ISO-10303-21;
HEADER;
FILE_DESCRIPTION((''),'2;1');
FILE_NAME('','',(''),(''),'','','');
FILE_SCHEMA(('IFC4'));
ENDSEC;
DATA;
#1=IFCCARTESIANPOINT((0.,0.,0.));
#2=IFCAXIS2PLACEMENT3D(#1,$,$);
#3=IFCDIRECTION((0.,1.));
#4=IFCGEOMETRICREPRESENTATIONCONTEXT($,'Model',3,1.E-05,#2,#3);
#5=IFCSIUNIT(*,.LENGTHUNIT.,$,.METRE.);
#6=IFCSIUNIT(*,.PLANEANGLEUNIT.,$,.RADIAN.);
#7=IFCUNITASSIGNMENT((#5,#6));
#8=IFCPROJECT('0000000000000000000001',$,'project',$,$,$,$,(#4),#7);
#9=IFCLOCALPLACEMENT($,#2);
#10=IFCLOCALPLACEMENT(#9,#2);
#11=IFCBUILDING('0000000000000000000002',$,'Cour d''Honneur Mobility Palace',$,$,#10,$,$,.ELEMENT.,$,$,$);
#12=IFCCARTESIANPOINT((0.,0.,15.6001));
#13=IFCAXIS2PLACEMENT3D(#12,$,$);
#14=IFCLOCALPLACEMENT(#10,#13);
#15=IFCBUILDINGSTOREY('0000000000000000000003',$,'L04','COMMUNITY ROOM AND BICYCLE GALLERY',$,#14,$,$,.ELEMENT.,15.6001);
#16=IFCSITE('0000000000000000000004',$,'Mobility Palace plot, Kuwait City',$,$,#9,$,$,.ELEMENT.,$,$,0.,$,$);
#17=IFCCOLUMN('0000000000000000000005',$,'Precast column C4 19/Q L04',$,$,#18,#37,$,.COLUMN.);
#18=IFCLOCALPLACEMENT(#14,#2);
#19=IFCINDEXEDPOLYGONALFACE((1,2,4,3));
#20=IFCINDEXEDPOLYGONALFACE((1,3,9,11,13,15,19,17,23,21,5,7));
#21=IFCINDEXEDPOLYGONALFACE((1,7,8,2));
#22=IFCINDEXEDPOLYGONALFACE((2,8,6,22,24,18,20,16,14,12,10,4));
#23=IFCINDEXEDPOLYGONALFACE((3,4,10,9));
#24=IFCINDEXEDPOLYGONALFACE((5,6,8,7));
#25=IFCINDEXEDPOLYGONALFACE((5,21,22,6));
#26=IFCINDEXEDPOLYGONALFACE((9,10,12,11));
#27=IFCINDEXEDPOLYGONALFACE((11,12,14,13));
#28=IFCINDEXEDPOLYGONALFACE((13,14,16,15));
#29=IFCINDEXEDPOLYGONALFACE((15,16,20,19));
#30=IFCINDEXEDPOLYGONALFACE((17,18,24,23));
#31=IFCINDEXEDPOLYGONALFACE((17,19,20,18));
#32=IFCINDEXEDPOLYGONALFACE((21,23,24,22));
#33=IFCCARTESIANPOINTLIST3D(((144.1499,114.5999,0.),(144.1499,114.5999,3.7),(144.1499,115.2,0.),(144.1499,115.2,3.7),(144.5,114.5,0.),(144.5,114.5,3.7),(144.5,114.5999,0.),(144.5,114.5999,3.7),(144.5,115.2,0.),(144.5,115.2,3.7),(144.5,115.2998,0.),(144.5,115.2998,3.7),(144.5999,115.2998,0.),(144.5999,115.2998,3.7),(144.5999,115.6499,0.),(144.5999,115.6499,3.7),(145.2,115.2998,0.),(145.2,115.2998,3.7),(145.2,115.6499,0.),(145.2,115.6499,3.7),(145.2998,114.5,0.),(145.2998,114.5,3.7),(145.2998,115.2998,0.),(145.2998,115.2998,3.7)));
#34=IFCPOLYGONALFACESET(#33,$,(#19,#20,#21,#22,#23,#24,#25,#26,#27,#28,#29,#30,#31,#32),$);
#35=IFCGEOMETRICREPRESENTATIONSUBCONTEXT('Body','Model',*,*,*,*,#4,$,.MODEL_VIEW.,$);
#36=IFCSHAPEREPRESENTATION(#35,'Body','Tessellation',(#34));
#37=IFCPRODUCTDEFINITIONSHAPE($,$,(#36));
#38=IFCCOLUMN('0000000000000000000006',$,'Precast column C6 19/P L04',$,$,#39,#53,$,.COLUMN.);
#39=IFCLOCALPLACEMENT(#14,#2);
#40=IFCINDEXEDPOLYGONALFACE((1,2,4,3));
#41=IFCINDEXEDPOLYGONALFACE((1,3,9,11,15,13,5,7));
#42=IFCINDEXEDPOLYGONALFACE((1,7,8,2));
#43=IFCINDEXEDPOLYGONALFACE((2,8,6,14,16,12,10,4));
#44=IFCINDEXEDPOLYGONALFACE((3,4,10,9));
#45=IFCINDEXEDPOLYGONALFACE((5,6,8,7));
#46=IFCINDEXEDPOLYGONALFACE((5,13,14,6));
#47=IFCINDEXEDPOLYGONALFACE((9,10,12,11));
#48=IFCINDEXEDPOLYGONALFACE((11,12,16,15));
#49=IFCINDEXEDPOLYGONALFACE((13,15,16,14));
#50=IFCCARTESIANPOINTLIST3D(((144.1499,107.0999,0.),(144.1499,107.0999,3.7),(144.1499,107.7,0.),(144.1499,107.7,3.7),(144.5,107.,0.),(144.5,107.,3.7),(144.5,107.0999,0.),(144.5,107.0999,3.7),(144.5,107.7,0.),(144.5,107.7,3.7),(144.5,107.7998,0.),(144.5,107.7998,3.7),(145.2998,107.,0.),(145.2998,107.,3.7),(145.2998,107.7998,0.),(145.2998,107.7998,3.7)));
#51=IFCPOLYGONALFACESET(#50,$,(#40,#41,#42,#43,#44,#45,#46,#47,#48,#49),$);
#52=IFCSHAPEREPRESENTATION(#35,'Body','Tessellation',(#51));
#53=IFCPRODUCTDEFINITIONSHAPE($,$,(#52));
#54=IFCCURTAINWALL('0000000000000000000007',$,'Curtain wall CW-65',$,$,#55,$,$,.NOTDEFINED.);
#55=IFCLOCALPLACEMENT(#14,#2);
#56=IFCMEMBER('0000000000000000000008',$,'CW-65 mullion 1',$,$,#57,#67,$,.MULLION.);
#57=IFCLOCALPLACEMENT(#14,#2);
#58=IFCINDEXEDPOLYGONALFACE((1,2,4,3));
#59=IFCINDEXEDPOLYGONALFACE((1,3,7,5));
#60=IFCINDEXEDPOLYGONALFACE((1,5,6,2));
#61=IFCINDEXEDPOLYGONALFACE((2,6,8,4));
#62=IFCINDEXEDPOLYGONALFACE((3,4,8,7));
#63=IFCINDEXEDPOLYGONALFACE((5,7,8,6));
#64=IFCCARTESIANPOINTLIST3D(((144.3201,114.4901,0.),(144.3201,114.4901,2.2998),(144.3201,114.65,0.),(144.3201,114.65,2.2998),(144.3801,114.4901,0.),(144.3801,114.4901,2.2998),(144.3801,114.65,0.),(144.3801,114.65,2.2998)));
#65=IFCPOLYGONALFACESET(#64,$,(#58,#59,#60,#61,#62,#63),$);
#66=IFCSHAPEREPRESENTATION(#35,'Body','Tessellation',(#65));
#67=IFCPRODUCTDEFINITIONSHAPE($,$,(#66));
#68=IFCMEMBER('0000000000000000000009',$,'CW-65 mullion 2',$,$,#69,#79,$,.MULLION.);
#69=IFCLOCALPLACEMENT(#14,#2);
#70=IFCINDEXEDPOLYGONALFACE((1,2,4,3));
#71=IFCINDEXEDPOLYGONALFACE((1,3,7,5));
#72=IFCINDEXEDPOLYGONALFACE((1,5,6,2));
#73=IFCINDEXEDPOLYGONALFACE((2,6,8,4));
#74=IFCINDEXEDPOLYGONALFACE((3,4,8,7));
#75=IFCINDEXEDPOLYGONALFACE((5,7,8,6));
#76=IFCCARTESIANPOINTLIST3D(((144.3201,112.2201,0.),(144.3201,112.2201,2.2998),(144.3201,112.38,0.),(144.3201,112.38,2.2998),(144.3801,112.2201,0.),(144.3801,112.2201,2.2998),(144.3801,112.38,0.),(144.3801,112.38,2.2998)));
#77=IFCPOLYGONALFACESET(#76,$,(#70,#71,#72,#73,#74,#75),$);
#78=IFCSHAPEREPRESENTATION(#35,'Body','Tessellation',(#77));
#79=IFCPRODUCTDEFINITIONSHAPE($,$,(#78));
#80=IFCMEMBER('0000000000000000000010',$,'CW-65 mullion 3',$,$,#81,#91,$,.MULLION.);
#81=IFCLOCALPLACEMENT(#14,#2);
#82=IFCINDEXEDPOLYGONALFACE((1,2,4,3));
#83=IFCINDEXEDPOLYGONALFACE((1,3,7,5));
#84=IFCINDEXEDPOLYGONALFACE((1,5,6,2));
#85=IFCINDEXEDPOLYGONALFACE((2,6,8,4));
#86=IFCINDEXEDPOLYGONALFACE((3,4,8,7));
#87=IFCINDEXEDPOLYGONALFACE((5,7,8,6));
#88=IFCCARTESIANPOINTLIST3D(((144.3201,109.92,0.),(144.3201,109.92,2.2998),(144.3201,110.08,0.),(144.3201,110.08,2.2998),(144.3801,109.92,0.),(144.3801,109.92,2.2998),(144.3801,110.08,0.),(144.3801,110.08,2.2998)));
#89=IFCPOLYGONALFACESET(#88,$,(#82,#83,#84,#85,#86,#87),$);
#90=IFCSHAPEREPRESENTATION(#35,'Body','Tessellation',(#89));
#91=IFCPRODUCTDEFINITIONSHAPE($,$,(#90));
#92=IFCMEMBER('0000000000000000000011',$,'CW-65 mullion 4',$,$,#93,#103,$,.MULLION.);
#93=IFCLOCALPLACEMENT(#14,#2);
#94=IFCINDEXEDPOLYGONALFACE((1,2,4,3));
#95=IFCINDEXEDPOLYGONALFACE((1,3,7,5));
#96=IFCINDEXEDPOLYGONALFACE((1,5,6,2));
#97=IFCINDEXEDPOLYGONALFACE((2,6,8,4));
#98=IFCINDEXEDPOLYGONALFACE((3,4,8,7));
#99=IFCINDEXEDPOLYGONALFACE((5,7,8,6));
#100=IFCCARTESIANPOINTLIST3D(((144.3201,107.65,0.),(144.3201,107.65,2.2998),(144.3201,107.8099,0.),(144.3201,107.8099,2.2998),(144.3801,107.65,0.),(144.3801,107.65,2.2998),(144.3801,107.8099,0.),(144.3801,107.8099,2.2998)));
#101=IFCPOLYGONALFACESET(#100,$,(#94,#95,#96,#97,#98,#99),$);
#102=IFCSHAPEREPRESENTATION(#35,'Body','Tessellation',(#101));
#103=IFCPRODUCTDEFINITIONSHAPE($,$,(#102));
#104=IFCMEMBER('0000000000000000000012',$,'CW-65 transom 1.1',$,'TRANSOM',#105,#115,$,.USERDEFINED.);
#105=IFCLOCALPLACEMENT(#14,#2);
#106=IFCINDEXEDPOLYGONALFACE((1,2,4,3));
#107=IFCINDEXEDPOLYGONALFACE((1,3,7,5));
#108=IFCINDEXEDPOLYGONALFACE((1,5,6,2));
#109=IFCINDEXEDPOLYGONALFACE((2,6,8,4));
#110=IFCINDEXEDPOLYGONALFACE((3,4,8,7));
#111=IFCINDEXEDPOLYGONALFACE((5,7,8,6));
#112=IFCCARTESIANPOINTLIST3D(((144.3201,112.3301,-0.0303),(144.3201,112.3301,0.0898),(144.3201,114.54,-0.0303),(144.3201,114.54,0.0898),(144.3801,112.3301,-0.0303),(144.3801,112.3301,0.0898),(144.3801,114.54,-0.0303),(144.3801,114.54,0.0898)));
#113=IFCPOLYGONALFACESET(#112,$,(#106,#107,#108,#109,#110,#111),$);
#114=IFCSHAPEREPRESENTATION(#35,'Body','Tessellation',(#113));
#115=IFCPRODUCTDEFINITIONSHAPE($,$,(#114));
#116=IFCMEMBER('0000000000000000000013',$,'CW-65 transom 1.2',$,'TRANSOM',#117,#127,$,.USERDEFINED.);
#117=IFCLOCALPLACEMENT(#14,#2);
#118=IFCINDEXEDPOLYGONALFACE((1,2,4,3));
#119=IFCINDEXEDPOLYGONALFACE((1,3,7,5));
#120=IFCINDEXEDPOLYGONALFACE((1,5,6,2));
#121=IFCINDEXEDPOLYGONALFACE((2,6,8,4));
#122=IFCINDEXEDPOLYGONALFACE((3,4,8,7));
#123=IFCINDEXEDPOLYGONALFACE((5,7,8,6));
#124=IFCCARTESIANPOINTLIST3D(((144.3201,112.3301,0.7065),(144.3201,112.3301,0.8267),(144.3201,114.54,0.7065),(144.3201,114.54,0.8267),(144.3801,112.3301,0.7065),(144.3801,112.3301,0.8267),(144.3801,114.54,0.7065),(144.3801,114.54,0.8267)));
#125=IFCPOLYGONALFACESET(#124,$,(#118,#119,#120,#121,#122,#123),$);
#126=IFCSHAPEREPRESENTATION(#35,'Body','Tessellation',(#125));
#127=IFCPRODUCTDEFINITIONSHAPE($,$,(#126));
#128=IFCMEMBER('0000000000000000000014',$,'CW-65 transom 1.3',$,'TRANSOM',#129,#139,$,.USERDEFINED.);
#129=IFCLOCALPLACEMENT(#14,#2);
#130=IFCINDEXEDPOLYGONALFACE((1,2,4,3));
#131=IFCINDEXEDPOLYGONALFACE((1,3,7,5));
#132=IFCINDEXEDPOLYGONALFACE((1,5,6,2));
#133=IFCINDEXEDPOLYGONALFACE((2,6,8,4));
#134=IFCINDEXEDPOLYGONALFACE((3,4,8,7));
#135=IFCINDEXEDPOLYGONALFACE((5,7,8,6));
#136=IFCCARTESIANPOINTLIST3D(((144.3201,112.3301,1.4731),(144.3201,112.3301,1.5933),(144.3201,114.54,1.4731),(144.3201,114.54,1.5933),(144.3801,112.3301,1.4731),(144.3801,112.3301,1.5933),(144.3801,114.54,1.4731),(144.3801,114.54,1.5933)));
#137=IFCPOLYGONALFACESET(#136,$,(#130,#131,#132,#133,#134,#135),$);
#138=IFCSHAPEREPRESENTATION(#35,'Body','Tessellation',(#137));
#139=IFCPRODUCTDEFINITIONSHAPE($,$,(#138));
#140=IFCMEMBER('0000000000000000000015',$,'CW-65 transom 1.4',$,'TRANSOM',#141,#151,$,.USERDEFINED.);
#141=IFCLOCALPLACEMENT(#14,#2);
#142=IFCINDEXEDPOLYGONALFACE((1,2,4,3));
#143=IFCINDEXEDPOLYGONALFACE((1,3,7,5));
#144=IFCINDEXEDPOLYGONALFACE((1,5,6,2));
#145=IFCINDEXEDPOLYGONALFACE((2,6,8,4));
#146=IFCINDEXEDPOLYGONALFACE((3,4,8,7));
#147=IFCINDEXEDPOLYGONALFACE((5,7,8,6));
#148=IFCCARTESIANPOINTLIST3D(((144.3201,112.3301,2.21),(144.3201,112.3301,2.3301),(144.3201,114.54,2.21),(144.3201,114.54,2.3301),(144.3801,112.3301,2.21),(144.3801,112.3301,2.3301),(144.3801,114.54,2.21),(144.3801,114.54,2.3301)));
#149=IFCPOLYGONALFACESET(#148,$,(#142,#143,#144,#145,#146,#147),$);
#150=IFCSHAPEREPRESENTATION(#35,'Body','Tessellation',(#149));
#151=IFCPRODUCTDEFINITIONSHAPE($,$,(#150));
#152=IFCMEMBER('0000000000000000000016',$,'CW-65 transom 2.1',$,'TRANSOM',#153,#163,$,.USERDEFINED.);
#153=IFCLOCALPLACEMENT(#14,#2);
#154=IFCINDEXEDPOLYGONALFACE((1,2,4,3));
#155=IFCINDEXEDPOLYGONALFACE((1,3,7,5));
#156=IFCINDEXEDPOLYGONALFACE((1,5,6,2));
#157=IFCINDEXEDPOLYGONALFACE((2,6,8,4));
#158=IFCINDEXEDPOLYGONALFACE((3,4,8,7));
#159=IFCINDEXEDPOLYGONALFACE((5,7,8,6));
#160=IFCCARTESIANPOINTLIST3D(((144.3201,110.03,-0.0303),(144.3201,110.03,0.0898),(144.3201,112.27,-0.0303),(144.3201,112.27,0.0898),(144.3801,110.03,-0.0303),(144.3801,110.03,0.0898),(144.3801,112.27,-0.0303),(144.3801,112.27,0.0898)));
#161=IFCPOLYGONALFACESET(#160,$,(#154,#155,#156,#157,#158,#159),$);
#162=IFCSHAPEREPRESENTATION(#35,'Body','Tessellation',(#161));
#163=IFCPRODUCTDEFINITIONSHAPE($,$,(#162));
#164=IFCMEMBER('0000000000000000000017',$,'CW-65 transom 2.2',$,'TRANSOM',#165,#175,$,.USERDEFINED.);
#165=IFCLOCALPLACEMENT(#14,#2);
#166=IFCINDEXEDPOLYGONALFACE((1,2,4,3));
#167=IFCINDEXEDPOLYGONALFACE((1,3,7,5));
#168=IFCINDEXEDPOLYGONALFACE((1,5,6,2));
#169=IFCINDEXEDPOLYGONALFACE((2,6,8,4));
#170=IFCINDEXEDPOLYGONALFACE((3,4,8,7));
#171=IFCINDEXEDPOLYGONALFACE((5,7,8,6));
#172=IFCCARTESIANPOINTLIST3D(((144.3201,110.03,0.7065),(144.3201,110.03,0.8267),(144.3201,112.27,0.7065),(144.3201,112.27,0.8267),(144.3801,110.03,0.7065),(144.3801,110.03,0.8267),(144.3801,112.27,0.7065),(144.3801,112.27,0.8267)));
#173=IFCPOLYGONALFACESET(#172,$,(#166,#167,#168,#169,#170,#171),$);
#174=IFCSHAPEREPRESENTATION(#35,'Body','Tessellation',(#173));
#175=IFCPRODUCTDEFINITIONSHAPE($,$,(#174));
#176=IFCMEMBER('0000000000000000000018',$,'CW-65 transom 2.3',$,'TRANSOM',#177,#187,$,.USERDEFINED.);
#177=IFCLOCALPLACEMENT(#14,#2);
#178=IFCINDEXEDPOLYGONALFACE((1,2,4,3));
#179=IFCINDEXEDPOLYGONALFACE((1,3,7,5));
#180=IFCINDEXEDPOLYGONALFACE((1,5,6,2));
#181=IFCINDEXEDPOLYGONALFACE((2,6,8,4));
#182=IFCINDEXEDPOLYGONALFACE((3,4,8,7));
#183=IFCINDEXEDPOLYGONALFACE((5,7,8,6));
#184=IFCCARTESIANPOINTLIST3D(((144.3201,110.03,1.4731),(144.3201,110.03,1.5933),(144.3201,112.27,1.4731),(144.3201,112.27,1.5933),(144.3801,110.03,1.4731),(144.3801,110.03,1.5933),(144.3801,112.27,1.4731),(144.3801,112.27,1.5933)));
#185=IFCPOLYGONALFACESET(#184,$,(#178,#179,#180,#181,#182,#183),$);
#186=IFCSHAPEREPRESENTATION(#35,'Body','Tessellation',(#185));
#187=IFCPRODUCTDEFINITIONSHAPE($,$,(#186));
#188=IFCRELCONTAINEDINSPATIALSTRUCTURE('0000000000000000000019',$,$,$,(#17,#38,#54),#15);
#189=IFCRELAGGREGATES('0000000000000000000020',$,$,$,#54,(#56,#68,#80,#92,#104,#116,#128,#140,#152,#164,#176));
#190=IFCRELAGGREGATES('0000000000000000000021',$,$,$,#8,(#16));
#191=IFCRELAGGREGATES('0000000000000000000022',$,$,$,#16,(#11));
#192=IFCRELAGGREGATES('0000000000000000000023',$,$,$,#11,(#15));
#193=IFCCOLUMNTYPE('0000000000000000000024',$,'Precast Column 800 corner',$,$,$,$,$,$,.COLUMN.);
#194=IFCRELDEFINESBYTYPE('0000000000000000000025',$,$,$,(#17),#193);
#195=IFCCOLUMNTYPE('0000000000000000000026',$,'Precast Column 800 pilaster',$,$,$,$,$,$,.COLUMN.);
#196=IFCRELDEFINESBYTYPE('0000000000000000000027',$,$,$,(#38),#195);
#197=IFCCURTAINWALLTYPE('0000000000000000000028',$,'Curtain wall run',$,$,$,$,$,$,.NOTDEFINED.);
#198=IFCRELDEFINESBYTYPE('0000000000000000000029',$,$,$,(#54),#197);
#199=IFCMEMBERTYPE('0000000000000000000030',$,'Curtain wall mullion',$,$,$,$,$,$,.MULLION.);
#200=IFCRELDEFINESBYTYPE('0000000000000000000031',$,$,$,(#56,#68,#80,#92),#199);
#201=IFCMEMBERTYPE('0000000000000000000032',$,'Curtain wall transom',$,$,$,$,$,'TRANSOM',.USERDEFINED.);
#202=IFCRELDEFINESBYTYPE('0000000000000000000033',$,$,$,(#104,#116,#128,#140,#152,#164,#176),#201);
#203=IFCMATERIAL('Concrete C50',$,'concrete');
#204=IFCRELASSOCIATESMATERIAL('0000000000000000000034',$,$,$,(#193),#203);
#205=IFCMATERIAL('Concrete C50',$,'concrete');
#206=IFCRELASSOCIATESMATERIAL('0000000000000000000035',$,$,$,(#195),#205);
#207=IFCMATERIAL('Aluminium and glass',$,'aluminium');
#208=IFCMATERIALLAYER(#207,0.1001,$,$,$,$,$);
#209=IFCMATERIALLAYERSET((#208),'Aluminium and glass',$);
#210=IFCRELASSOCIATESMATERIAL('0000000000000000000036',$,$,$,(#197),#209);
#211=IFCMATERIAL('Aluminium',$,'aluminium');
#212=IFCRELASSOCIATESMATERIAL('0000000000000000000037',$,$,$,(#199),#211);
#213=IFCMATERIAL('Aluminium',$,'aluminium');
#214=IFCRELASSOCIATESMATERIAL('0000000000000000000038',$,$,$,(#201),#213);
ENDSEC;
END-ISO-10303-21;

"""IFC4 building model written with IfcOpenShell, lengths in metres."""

from ifc_helpers import new_model, si_unit, direction, frame, origin, origin_2d, place, context, subcontext, project, spatial, polyline, rectangle, outline, extrude, material, layer, layer_set, material_profile, profile_set, type_object, element, aggregate, save


model = new_model("IFC4")

# Units and contexts
model_context = context("Model", 3, precision=1e-05, world=origin(), true_north=direction((0.0, 1.0)))
body_context = subcontext(model_context, "Body", "Model", "MODEL_VIEW")
ifc_project = project(units=[si_unit("LENGTHUNIT", "METRE"), si_unit("PLANEANGLEUNIT", "RADIAN")], contexts=[model_context])

# Site, building, storey
site_placement = place(None, origin())
site = spatial("IfcSite", under=ifc_project, at=site_placement, Name="Mobility Palace plot, Kuwait City", CompositionType="ELEMENT", RefElevation=0.0)
building_placement = place(site_placement, origin())
building = spatial("IfcBuilding", under=site, at=building_placement, Name="Cour d'Honneur Mobility Palace", CompositionType="ELEMENT")
storey_placement = place(building_placement, frame((0.0, 0.0, 15.6001)))
storey = spatial("IfcBuildingStorey", under=building, at=storey_placement, Name="L04", Description="COMMUNITY ROOM AND BICYCLE GALLERY", CompositionType="ELEMENT", Elevation=15.6001)

# Columns
ifc_material_1 = material(Name="Concrete C50", Category="concrete")
ifc_material_profile_1 = material_profile(ifc_material_1, outline(polyline([(-0.3999, -0.3999), (0.3999, -0.3999), (0.3999, -0.3), (0.75, -0.3), (0.75, 0.3), (0.3999, 0.3), (0.3999, 0.3999), (0.3, 0.3999), (0.3, 0.75), (-0.3, 0.75), (-0.3, 0.3999), (-0.3999, 0.3999), (-0.3999, -0.3999)])), Name="PC C800 corner")
ifc_profile_set_1 = profile_set([ifc_material_profile_1], Name="Concrete C50")
column_type_1 = type_object("IfcColumnType", Name="Precast Column 800 corner", PredefinedType="COLUMN", material=ifc_profile_set_1)
column_1_placement = place(storey_placement, frame((144.8999, 114.8999, 0.0), z_axis=(0.0, 0.0, 1.0), x_axis=(0.0, 1.0, 0.0)))
element("IfcColumn", 1, at=column_1_placement, inside=storey, type_object=column_type_1, Name="Precast column C4 19/Q L04", PredefinedType="COLUMN", context=body_context, shape_type="SweptSolid", body=[
    extrude(outline(polyline([(-0.3999, -0.3999), (0.3999, -0.3999), (0.3999, -0.3), (0.75, -0.3), (0.75, 0.3), (0.3999, 0.3), (0.3999, 0.3999), (0.3, 0.3999), (0.3, 0.75), (-0.3, 0.75), (-0.3, 0.3999), (-0.3999, 0.3999), (-0.3999, -0.3999)])), origin(), (0.0, 0.0, 1.0), 3.7),
])
ifc_material_2 = material(Name="Concrete C50", Category="concrete")
ifc_material_profile_2 = material_profile(ifc_material_2, outline(polyline([(-0.3999, -0.3999), (0.3999, -0.3999), (0.3999, -0.3), (0.75, -0.3), (0.75, 0.3), (0.3999, 0.3), (0.3999, 0.3999), (-0.3999, 0.3999), (-0.3999, -0.3999)])), Name="PC C800 pilaster")
ifc_profile_set_2 = profile_set([ifc_material_profile_2], Name="Concrete C50")
column_type_2 = type_object("IfcColumnType", Name="Precast Column 800 pilaster", PredefinedType="COLUMN", material=ifc_profile_set_2)
column_2_placement = place(storey_placement, frame((144.8999, 107.3999, 0.0), z_axis=(0.0, 0.0, 1.0), x_axis=(-1.0, 0.0, 0.0)))
element("IfcColumn", 2, at=column_2_placement, inside=storey, type_object=column_type_2, Name="Precast column C6 19/P L04", PredefinedType="COLUMN", context=body_context, shape_type="SweptSolid", body=[
    extrude(outline(polyline([(-0.3999, -0.3999), (0.3999, -0.3999), (0.3999, -0.3), (0.75, -0.3), (0.75, 0.3), (0.3999, 0.3), (0.3999, 0.3999), (-0.3999, 0.3999), (-0.3999, -0.3999)])), origin(), (0.0, 0.0, 1.0), 3.7),
])

# Curtain wall, members
ifc_material_3 = material(Name="Aluminium and glass", Category="aluminium")
ifc_layer_1 = layer(ifc_material_3, 0.1001)
ifc_layer_set_1 = layer_set([ifc_layer_1], Name="Aluminium and glass")
curtain_wall_type = type_object("IfcCurtainWallType", Name="Curtain wall run", PredefinedType="NOTDEFINED", material=ifc_layer_set_1)
curtain_wall_placement = place(storey_placement, origin())
curtain_wall = element("IfcCurtainWall", 3, at=curtain_wall_placement, inside=storey, type_object=curtain_wall_type, Name="Curtain wall CW-65", PredefinedType="NOTDEFINED")
ifc_material_4 = material(Name="Aluminium", Category="aluminium")
ifc_material_profile_3 = material_profile(ifc_material_4, rectangle(XDim=0.0601, YDim=0.1599, at=origin_2d()), Name="Curtain wall mullion")
ifc_profile_set_3 = profile_set([ifc_material_profile_3], Name="Aluminium")
member_type_1 = type_object("IfcMemberType", Name="Curtain wall mullion", PredefinedType="MULLION", material=ifc_profile_set_3)
member_1_placement = place(storey_placement, frame((144.3501, 114.5701, 0.0), z_axis=(0.0, 0.0, 1.0), x_axis=(1.0, 0.0, 0.0)))
member_1 = element("IfcMember", 4, at=member_1_placement, type_object=member_type_1, Name="CW-65 mullion 1", PredefinedType="MULLION", context=body_context, shape_type="SweptSolid", body=[
    extrude(rectangle(XDim=0.0601, YDim=0.1599, at=origin_2d()), origin(), (0.0, 0.0, 1.0), 2.2998),
])
member_2_placement = place(storey_placement, frame((144.3501, 112.3, 0.0), z_axis=(0.0, 0.0, 1.0), x_axis=(1.0, 0.0, 0.0)))
member_2 = element("IfcMember", 5, at=member_2_placement, type_object=member_type_1, Name="CW-65 mullion 2", PredefinedType="MULLION", context=body_context, shape_type="SweptSolid", body=[
    extrude(rectangle(XDim=0.0601, YDim=0.1599, at=origin_2d()), origin(), (0.0, 0.0, 1.0), 2.2998),
])
member_3_placement = place(storey_placement, frame((144.3501, 110.0, 0.0), z_axis=(0.0, 0.0, 1.0), x_axis=(1.0, 0.0, 0.0)))
member_3 = element("IfcMember", 6, at=member_3_placement, type_object=member_type_1, Name="CW-65 mullion 3", PredefinedType="MULLION", context=body_context, shape_type="SweptSolid", body=[
    extrude(rectangle(XDim=0.0601, YDim=0.1599, at=origin_2d()), origin(), (0.0, 0.0, 1.0), 2.2998),
])
member_4_placement = place(storey_placement, frame((144.3501, 107.73, 0.0), z_axis=(0.0, 0.0, 1.0), x_axis=(1.0, 0.0, 0.0)))
member_4 = element("IfcMember", 7, at=member_4_placement, type_object=member_type_1, Name="CW-65 mullion 4", PredefinedType="MULLION", context=body_context, shape_type="SweptSolid", body=[
    extrude(rectangle(XDim=0.0601, YDim=0.1599, at=origin_2d()), origin(), (0.0, 0.0, 1.0), 2.2998),
])
ifc_material_5 = material(Name="Aluminium", Category="aluminium")
ifc_material_profile_4 = material_profile(ifc_material_5, rectangle(XDim=0.0601, YDim=0.1201, at=origin_2d()), Name="Curtain wall transom")
ifc_profile_set_4 = profile_set([ifc_material_profile_4], Name="Aluminium")
member_type_2 = type_object("IfcMemberType", Name="Curtain wall transom", ElementType="TRANSOM", PredefinedType="USERDEFINED", material=ifc_profile_set_4)
member_5_placement = place(storey_placement, frame((144.3501, 114.54, 0.0298), z_axis=(0.0, -1.0, 0.0), x_axis=(1.0, 0.0, 0.0)))
member_5 = element("IfcMember", 8, at=member_5_placement, type_object=member_type_2, Name="CW-65 transom 1.1", ObjectType="TRANSOM", PredefinedType="USERDEFINED", context=body_context, shape_type="SweptSolid", body=[
    extrude(rectangle(XDim=0.0601, YDim=0.1201, at=origin_2d()), origin(), (0.0, 0.0, 1.0), 2.21),
])
member_6_placement = place(storey_placement, frame((144.3501, 114.54, 0.7666), z_axis=(0.0, -1.0, 0.0), x_axis=(1.0, 0.0, 0.0)))
member_6 = element("IfcMember", 9, at=member_6_placement, type_object=member_type_2, Name="CW-65 transom 1.2", ObjectType="TRANSOM", PredefinedType="USERDEFINED", context=body_context, shape_type="SweptSolid", body=[
    extrude(rectangle(XDim=0.0601, YDim=0.1201, at=origin_2d()), origin(), (0.0, 0.0, 1.0), 2.21),
])
member_7_placement = place(storey_placement, frame((144.3501, 114.54, 1.5332), z_axis=(0.0, -1.0, 0.0), x_axis=(1.0, 0.0, 0.0)))
member_7 = element("IfcMember", 10, at=member_7_placement, type_object=member_type_2, Name="CW-65 transom 1.3", ObjectType="TRANSOM", PredefinedType="USERDEFINED", context=body_context, shape_type="SweptSolid", body=[
    extrude(rectangle(XDim=0.0601, YDim=0.1201, at=origin_2d()), origin(), (0.0, 0.0, 1.0), 2.21),
])
member_8_placement = place(storey_placement, frame((144.3501, 114.54, 2.27), z_axis=(0.0, -1.0, 0.0), x_axis=(1.0, 0.0, 0.0)))
member_8 = element("IfcMember", 11, at=member_8_placement, type_object=member_type_2, Name="CW-65 transom 1.4", ObjectType="TRANSOM", PredefinedType="USERDEFINED", context=body_context, shape_type="SweptSolid", body=[
    extrude(rectangle(XDim=0.0601, YDim=0.1201, at=origin_2d()), origin(), (0.0, 0.0, 1.0), 2.21),
])
member_9_placement = place(storey_placement, frame((144.3501, 112.27, 0.0298), z_axis=(0.0, -1.0, 0.0), x_axis=(1.0, 0.0, 0.0)))
member_9 = element("IfcMember", 12, at=member_9_placement, type_object=member_type_2, Name="CW-65 transom 2.1", ObjectType="TRANSOM", PredefinedType="USERDEFINED", context=body_context, shape_type="SweptSolid", body=[
    extrude(rectangle(XDim=0.0601, YDim=0.1201, at=origin_2d()), origin(), (0.0, 0.0, 1.0), 2.24),
])
member_10_placement = place(storey_placement, frame((144.3501, 112.27, 0.7666), z_axis=(0.0, -1.0, 0.0), x_axis=(1.0, 0.0, 0.0)))
member_10 = element("IfcMember", 13, at=member_10_placement, type_object=member_type_2, Name="CW-65 transom 2.2", ObjectType="TRANSOM", PredefinedType="USERDEFINED", context=body_context, shape_type="SweptSolid", body=[
    extrude(rectangle(XDim=0.0601, YDim=0.1201, at=origin_2d()), origin(), (0.0, 0.0, 1.0), 2.24),
])
member_11_placement = place(storey_placement, frame((144.3501, 112.27, 1.5332), z_axis=(0.0, -1.0, 0.0), x_axis=(1.0, 0.0, 0.0)))
member_11 = element("IfcMember", 14, at=member_11_placement, type_object=member_type_2, Name="CW-65 transom 2.3", ObjectType="TRANSOM", PredefinedType="USERDEFINED", context=body_context, shape_type="SweptSolid", body=[
    extrude(rectangle(XDim=0.0601, YDim=0.1201, at=origin_2d()), origin(), (0.0, 0.0, 1.0), 2.24),
])

aggregate(curtain_wall, [member_1, member_2, member_3, member_4, member_5, member_6, member_7, member_8, member_9, member_10, member_11])

save(model, "model.ifc")
